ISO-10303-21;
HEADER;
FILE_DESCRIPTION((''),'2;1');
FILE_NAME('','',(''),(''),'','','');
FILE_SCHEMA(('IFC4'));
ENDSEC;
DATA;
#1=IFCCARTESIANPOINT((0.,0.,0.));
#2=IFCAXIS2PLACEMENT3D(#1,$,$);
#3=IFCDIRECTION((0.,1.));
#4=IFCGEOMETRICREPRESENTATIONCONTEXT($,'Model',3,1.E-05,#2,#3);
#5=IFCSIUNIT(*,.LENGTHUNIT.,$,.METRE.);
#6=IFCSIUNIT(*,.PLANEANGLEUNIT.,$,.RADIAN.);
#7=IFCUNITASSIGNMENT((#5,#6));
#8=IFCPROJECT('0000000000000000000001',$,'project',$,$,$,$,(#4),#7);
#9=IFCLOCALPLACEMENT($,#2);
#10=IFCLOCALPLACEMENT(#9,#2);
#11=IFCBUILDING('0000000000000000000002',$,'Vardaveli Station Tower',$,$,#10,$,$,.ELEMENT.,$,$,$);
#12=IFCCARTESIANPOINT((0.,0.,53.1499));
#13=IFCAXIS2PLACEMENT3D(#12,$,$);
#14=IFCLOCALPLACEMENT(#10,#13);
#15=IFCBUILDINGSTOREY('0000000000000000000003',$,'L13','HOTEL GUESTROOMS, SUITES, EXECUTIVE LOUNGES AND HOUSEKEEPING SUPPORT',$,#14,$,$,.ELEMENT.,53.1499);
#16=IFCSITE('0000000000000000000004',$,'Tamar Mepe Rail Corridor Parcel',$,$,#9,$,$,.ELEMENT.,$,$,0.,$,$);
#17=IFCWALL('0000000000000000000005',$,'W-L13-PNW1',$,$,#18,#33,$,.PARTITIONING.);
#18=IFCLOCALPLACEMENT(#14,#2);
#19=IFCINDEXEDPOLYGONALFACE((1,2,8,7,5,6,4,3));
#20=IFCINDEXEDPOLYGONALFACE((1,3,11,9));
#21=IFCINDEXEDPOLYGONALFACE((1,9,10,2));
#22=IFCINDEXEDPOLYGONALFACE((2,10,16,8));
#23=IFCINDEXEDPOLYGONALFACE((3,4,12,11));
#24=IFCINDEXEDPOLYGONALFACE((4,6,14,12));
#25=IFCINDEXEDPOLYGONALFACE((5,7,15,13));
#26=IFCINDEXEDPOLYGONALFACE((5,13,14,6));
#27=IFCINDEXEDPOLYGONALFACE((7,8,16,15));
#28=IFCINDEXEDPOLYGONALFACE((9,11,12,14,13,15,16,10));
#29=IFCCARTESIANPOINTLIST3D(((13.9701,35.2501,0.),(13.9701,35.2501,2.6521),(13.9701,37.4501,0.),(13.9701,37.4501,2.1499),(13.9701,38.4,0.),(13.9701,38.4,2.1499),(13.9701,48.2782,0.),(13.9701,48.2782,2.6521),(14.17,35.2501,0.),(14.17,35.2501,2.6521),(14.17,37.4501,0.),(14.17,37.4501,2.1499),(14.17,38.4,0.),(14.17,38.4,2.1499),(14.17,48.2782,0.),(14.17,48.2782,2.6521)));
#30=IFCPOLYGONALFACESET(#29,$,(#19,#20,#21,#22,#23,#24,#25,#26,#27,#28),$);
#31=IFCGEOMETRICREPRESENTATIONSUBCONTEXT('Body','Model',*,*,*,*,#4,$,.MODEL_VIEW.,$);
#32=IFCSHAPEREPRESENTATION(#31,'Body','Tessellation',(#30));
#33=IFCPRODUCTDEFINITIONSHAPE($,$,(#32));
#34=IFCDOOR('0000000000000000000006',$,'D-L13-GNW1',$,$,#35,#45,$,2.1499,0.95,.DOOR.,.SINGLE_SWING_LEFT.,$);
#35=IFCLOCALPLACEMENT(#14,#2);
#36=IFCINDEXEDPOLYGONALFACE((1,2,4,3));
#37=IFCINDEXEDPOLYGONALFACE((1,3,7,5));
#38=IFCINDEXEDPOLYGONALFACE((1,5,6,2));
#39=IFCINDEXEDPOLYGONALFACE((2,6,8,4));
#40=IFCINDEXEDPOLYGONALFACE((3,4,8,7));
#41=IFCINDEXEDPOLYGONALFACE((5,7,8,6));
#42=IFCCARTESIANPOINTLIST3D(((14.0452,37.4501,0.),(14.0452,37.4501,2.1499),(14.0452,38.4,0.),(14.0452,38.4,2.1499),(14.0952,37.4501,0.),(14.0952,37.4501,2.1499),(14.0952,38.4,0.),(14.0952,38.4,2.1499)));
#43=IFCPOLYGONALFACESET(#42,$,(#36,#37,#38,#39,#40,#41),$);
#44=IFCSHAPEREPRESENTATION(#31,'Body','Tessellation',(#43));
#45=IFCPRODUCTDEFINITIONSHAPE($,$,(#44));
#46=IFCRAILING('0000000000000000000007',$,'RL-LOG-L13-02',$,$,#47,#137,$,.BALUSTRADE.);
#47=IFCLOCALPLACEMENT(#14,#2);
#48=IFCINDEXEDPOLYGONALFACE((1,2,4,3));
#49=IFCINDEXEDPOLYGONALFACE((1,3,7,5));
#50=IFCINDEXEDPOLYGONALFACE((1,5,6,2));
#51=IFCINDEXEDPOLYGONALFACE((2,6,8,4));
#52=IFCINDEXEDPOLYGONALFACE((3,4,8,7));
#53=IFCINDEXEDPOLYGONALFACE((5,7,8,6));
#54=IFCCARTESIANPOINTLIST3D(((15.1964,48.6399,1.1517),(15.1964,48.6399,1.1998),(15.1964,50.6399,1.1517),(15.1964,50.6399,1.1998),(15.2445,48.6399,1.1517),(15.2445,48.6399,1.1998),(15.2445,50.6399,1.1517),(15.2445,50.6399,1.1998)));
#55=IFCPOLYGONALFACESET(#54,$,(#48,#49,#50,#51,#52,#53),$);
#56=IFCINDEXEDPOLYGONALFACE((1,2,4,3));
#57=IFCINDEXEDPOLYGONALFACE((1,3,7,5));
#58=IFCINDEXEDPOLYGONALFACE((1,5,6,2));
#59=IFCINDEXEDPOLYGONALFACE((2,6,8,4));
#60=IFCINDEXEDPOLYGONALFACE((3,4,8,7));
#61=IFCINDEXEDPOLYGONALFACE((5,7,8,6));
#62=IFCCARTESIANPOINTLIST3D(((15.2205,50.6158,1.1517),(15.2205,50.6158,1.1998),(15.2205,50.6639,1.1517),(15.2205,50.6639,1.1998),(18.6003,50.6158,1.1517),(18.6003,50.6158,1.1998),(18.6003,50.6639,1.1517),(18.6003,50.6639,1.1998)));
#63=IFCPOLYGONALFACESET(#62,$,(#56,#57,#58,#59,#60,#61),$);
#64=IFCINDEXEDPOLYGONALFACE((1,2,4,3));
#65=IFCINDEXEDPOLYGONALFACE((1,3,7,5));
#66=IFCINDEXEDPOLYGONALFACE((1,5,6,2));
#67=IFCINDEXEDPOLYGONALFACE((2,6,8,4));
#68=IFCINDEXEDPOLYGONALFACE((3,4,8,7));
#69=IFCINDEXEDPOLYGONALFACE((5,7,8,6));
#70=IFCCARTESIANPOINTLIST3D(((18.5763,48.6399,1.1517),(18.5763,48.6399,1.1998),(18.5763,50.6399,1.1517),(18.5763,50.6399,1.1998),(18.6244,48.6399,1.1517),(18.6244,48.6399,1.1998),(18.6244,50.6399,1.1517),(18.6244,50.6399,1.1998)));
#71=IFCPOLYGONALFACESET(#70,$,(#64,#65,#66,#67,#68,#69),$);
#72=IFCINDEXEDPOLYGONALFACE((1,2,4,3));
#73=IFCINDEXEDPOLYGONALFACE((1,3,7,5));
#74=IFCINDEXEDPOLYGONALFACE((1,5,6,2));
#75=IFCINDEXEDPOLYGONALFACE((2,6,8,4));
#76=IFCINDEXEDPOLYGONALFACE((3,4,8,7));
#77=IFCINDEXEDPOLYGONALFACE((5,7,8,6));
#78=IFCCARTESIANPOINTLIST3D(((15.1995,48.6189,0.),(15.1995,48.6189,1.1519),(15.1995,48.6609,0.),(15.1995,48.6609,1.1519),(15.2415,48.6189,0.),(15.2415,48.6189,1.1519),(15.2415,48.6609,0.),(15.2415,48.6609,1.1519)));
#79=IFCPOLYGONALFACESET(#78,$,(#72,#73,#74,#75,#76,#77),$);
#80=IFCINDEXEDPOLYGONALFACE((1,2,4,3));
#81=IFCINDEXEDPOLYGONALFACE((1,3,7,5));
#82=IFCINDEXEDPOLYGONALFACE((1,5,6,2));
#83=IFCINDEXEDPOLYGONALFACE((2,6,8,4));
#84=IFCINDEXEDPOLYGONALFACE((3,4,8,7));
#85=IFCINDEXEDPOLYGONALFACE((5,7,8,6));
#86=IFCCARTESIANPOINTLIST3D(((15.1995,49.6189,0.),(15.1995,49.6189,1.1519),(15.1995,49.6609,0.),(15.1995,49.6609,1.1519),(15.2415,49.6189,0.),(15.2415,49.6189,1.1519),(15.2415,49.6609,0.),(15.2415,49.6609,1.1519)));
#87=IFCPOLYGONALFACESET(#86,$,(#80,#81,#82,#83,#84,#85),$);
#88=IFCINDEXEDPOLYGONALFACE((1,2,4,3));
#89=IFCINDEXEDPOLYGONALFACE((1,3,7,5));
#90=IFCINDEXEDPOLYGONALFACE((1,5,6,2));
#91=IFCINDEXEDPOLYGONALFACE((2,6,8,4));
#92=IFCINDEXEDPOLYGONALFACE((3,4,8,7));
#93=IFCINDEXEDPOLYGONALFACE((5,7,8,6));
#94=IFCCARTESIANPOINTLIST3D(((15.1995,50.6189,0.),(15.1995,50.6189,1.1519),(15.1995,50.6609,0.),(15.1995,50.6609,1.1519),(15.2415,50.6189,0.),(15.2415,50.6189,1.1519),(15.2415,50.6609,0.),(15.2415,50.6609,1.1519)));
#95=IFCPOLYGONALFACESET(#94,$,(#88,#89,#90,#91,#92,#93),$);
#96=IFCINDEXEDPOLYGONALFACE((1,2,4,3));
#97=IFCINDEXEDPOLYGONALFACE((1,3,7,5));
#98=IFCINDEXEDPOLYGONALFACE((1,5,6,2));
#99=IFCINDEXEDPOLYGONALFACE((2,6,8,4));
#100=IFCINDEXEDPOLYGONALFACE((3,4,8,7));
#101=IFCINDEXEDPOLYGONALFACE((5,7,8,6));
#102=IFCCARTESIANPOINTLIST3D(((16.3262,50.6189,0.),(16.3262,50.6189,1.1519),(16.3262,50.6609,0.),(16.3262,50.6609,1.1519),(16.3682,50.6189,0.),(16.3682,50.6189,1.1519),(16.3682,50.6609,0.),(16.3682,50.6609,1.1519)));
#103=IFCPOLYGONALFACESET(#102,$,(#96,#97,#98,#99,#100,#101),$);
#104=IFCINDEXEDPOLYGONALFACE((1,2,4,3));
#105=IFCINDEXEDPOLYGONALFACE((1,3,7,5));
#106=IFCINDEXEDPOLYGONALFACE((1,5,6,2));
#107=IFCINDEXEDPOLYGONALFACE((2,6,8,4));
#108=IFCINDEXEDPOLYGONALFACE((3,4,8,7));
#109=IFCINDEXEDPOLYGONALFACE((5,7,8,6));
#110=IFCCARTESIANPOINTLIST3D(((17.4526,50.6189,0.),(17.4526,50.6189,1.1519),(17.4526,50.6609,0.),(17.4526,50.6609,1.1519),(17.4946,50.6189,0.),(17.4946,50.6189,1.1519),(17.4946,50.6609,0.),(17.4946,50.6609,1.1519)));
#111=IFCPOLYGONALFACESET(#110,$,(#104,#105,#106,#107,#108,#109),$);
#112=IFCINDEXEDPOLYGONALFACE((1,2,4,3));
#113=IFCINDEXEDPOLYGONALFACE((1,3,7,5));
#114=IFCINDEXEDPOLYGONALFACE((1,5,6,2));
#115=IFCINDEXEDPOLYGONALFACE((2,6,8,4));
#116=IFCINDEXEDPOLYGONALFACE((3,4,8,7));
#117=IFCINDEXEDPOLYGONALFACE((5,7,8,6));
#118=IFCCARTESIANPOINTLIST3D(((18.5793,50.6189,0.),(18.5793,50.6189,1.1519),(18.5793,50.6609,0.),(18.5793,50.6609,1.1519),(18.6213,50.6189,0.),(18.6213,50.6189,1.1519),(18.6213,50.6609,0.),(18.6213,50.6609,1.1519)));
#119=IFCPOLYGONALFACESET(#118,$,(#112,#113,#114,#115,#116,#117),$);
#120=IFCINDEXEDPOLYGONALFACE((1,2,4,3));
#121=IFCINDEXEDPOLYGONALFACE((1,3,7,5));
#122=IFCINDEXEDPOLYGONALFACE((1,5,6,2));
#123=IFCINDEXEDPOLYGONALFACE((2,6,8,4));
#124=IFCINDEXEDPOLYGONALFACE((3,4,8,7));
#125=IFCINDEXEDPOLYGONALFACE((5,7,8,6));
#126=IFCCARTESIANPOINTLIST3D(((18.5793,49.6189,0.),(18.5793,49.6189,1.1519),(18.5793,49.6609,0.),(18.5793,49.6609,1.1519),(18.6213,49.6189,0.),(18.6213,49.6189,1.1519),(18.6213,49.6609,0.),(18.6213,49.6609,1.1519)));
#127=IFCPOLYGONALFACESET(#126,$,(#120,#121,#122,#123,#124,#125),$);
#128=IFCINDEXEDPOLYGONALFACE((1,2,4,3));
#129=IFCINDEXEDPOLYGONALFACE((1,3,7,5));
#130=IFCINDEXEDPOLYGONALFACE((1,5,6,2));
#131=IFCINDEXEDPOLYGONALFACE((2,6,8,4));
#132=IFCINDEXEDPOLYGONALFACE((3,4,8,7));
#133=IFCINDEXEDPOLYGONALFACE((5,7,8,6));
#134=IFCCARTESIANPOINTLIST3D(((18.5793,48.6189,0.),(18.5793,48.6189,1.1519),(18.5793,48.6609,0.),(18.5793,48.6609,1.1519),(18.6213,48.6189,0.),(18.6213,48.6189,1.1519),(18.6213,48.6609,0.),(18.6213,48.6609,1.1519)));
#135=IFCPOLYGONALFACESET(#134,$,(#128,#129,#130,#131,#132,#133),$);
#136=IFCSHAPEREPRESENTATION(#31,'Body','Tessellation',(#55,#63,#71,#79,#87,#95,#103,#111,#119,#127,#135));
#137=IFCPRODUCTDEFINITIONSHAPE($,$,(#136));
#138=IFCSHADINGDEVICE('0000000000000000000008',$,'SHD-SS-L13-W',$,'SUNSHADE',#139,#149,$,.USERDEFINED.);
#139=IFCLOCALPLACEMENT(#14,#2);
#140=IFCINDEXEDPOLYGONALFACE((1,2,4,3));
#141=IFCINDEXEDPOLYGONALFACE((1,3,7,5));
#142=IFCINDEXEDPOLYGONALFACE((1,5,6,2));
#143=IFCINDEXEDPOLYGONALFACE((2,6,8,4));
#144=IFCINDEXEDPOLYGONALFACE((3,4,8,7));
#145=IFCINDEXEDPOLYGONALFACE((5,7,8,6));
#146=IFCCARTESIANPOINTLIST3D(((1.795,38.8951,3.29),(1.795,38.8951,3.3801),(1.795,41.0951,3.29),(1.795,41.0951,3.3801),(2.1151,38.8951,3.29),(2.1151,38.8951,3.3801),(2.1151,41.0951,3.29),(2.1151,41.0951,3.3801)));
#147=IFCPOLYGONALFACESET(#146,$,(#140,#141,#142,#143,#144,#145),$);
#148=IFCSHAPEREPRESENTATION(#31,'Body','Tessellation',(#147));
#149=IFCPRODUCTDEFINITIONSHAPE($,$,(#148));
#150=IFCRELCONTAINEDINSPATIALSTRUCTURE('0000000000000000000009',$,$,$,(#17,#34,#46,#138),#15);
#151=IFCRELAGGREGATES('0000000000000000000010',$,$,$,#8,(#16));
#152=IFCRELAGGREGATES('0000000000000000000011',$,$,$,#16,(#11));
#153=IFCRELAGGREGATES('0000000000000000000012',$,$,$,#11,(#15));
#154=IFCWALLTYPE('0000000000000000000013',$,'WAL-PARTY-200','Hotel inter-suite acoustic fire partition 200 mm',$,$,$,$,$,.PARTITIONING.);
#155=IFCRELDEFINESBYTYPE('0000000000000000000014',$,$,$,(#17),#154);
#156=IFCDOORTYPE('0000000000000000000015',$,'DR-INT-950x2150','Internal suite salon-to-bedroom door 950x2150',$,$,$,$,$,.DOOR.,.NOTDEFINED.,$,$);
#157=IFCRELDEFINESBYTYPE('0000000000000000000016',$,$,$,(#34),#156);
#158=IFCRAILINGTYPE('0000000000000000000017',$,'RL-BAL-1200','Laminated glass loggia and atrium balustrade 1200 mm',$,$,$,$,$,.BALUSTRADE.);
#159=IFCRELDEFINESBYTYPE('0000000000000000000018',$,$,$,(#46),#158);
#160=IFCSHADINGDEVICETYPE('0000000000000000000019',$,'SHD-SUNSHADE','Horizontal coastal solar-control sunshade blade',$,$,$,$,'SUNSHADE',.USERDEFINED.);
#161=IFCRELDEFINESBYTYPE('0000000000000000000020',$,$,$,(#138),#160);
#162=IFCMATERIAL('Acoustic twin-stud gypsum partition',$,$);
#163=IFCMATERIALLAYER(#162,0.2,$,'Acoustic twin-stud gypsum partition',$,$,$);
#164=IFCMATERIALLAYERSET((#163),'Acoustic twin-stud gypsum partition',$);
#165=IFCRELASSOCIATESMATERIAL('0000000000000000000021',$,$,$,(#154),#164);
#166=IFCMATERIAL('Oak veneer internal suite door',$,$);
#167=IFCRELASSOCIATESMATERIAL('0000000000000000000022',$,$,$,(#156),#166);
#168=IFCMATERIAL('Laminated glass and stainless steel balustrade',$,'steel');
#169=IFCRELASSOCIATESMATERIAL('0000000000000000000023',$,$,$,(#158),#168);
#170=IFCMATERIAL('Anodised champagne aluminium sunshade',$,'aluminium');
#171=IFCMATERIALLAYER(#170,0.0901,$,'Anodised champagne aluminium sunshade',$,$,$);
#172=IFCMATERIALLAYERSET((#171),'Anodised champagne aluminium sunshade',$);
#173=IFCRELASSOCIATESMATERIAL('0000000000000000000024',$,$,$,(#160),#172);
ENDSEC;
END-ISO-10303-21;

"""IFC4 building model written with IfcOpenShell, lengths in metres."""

from ifc_helpers import new_model, si_unit, direction, frame, frame_2d, origin, origin_2d, place, context, subcontext, project, spatial, rectangle, extrude, source, transform, mapped, material, layer, layer_set, type_object, element, fill, save


model = new_model("IFC4")

# Units and contexts
model_context = context("Model", 3, precision=1e-05, world=origin(), true_north=direction((0.0, 1.0)))
body_context = subcontext(model_context, "Body", "Model", "MODEL_VIEW")
ifc_project = project(units=[si_unit("LENGTHUNIT", "METRE"), si_unit("PLANEANGLEUNIT", "RADIAN")], contexts=[model_context])

# Site, building, storey
site_placement = place(None, origin())
site = spatial("IfcSite", under=ifc_project, at=site_placement, Name="Tamar Mepe Rail Corridor Parcel", CompositionType="ELEMENT", RefElevation=0.0)
building_placement = place(site_placement, origin())
building = spatial("IfcBuilding", under=site, at=building_placement, Name="Vardaveli Station Tower", CompositionType="ELEMENT")
storey_placement = place(building_placement, frame((0.0, 0.0, 53.1499)))
storey = spatial("IfcBuildingStorey", under=building, at=storey_placement, Name="L13", Description="HOTEL GUESTROOMS, SUITES, EXECUTIVE LOUNGES AND HOUSEKEEPING SUPPORT", CompositionType="ELEMENT", Elevation=53.1499)

# Wall, opening, door
ifc_material_1 = material(Name="Acoustic twin-stud gypsum partition")
ifc_layer_1 = layer(ifc_material_1, 0.2, Name="Acoustic twin-stud gypsum partition")
ifc_layer_set_1 = layer_set([ifc_layer_1], Name="Acoustic twin-stud gypsum partition")
wall_type_1 = type_object("IfcWallType", Name="WAL-PARTY-200", Description="Hotel inter-suite acoustic fire partition 200 mm", PredefinedType="PARTITIONING", material=ifc_layer_set_1)
shared_shape_1 = source(origin(), body_context, "Body", "SweptSolid", [
    extrude(rectangle(XDim=13.0281, YDim=0.2, at=frame_2d((6.5142, 0.0))), origin(), (0.0, 0.0, 1.0), 2.6521),
])
wall_1_placement = place(storey_placement, frame((14.0701, 35.25, 0.0), z_axis=(0.0, 0.0, 1.0), x_axis=(0.0, 1.0, 0.0)))
wall_1 = element("IfcWall", 1, at=wall_1_placement, inside=storey, type_object=wall_type_1, Name="W-L13-PNW1", PredefinedType="PARTITIONING", context=body_context, shape_type="MappedRepresentation", body=[
    mapped(shared_shape_1, transform((0.0, 0.0, 0.0), scale=1.0)),
])
shared_shape_2 = source(origin(), body_context, "Body", "SweptSolid", [
    extrude(rectangle(XDim=0.95, YDim=2.1499, at=frame_2d((0.4751, 1.075))), frame((0.0, 0.1099, 0.0), z_axis=(0.0, -1.0, 0.0), x_axis=(1.0, 0.0, 0.0)), (0.0, 0.0, 1.0), 0.22),
])
opening_1_placement = place(wall_1_placement, frame((2.2, 0.0, 0.0)))
opening_1 = element("IfcOpeningElement", 2, at=opening_1_placement, cuts=wall_1, PredefinedType="OPENING", context=body_context, shape_type="MappedRepresentation", body=[
    mapped(shared_shape_2, transform((0.0, 0.0, 0.0), scale=1.0)),
])
ifc_material_2 = material(Name="Oak veneer internal suite door")
door_type_1 = type_object("IfcDoorType", Name="DR-INT-950x2150", Description="Internal suite salon-to-bedroom door 950x2150", OperationType="NOTDEFINED", PredefinedType="DOOR", material=ifc_material_2)
shared_shape_3 = source(origin(), body_context, "Body", "SweptSolid", [
    extrude(rectangle(XDim=0.95, YDim=2.1499, at=frame_2d((0.4751, 1.075))), frame((0.0, 0.0249, 0.0), z_axis=(0.0, -1.0, 0.0), x_axis=(1.0, 0.0, 0.0)), (0.0, 0.0, 1.0), 0.05),
])
door_1_placement = place(opening_1_placement, origin())
door_1 = element("IfcDoor", 3, at=door_1_placement, inside=storey, type_object=door_type_1, Name="D-L13-GNW1", OperationType="SINGLE_SWING_LEFT", OverallHeight=2.1499, OverallWidth=0.95, PredefinedType="DOOR", context=body_context, shape_type="MappedRepresentation", body=[
    mapped(shared_shape_3, transform((0.0, 0.0, 0.0), scale=1.0)),
])
fill(opening_1, door_1)

# Railing
ifc_material_3 = material(Name="Laminated glass and stainless steel balustrade", Category="steel")
railing_type = type_object("IfcRailingType", Name="RL-BAL-1200", Description="Laminated glass loggia and atrium balustrade 1200 mm", PredefinedType="BALUSTRADE", material=ifc_material_3)
shared_shape_4 = source(origin(), body_context, "Body", "SweptSolid", [
    extrude(rectangle(XDim=0.0481, YDim=0.0481, at=origin_2d()), frame((0.0, 0.0, 1.1758), z_axis=(0.0, 1.0, 0.0), x_axis=(-1.0, 0.0, 0.0)), (0.0, 0.0, 1.0), 2.0),
    extrude(rectangle(XDim=0.0481, YDim=0.0481, at=origin_2d()), frame((0.0, 2.0, 1.1758), z_axis=(1.0, 0.0, 0.0), x_axis=(0.0, 1.0, 0.0)), (0.0, 0.0, 1.0), 3.3799),
    extrude(rectangle(XDim=0.0481, YDim=0.0481, at=origin_2d()), frame((3.3799, 2.0, 1.1758), z_axis=(0.0, -1.0, 0.0), x_axis=(1.0, 0.0, 0.0)), (0.0, 0.0, 1.0), 2.0),
    extrude(rectangle(XDim=0.042, YDim=0.042, at=origin_2d()), origin(), (0.0, 0.0, 1.0), 1.1519),
    extrude(rectangle(XDim=0.042, YDim=0.042, at=origin_2d()), frame((0.0, 1.0, 0.0)), (0.0, 0.0, 1.0), 1.1519),
    extrude(rectangle(XDim=0.042, YDim=0.042, at=origin_2d()), frame((0.0, 2.0, 0.0)), (0.0, 0.0, 1.0), 1.1519),
    extrude(rectangle(XDim=0.042, YDim=0.042, at=origin_2d()), frame((1.1267, 2.0, 0.0)), (0.0, 0.0, 1.0), 1.1519),
    extrude(rectangle(XDim=0.042, YDim=0.042, at=origin_2d()), frame((2.2532, 2.0, 0.0)), (0.0, 0.0, 1.0), 1.1519),
    extrude(rectangle(XDim=0.042, YDim=0.042, at=origin_2d()), frame((3.3799, 2.0, 0.0)), (0.0, 0.0, 1.0), 1.1519),
    extrude(rectangle(XDim=0.042, YDim=0.042, at=origin_2d()), frame((3.3799, 1.0, 0.0)), (0.0, 0.0, 1.0), 1.1519),
    extrude(rectangle(XDim=0.042, YDim=0.042, at=origin_2d()), frame((3.3799, 0.0, 0.0)), (0.0, 0.0, 1.0), 1.1519),
])
railing_placement = place(storey_placement, frame((15.2205, 48.6399, 0.0)))
element("IfcRailing", 4, at=railing_placement, inside=storey, type_object=railing_type, Name="RL-LOG-L13-02", PredefinedType="BALUSTRADE", context=body_context, shape_type="MappedRepresentation", body=[
    mapped(shared_shape_4, transform((0.0, 0.0, 0.0), scale=1.0)),
])

# Shading device
ifc_material_4 = material(Name="Anodised champagne aluminium sunshade", Category="aluminium")
ifc_layer_2 = layer(ifc_material_4, 0.0901, Name="Anodised champagne aluminium sunshade")
ifc_layer_set_2 = layer_set([ifc_layer_2], Name="Anodised champagne aluminium sunshade")
shading_device_type = type_object("IfcShadingDeviceType", Name="SHD-SUNSHADE", Description="Horizontal coastal solar-control sunshade blade", ElementType="SUNSHADE", PredefinedType="USERDEFINED", material=ifc_layer_set_2)
shared_shape_5 = source(origin(), body_context, "Body", "SweptSolid", [
    extrude(rectangle(XDim=2.2, YDim=0.3201, at=origin_2d()), origin(), (0.0, 0.0, 1.0), 0.0901),
])
shading_device_placement = place(storey_placement, frame((1.9551, 39.9951, 3.29), z_axis=(0.0, 0.0, 1.0), x_axis=(0.0, 1.0, 0.0)))
element("IfcShadingDevice", 5, at=shading_device_placement, inside=storey, type_object=shading_device_type, Name="SHD-SS-L13-W", ObjectType="SUNSHADE", PredefinedType="USERDEFINED", context=body_context, shape_type="MappedRepresentation", body=[
    mapped(shared_shape_5, transform((0.0, 0.0, 0.0), scale=1.0)),
])

save(model, "model.ifc")
